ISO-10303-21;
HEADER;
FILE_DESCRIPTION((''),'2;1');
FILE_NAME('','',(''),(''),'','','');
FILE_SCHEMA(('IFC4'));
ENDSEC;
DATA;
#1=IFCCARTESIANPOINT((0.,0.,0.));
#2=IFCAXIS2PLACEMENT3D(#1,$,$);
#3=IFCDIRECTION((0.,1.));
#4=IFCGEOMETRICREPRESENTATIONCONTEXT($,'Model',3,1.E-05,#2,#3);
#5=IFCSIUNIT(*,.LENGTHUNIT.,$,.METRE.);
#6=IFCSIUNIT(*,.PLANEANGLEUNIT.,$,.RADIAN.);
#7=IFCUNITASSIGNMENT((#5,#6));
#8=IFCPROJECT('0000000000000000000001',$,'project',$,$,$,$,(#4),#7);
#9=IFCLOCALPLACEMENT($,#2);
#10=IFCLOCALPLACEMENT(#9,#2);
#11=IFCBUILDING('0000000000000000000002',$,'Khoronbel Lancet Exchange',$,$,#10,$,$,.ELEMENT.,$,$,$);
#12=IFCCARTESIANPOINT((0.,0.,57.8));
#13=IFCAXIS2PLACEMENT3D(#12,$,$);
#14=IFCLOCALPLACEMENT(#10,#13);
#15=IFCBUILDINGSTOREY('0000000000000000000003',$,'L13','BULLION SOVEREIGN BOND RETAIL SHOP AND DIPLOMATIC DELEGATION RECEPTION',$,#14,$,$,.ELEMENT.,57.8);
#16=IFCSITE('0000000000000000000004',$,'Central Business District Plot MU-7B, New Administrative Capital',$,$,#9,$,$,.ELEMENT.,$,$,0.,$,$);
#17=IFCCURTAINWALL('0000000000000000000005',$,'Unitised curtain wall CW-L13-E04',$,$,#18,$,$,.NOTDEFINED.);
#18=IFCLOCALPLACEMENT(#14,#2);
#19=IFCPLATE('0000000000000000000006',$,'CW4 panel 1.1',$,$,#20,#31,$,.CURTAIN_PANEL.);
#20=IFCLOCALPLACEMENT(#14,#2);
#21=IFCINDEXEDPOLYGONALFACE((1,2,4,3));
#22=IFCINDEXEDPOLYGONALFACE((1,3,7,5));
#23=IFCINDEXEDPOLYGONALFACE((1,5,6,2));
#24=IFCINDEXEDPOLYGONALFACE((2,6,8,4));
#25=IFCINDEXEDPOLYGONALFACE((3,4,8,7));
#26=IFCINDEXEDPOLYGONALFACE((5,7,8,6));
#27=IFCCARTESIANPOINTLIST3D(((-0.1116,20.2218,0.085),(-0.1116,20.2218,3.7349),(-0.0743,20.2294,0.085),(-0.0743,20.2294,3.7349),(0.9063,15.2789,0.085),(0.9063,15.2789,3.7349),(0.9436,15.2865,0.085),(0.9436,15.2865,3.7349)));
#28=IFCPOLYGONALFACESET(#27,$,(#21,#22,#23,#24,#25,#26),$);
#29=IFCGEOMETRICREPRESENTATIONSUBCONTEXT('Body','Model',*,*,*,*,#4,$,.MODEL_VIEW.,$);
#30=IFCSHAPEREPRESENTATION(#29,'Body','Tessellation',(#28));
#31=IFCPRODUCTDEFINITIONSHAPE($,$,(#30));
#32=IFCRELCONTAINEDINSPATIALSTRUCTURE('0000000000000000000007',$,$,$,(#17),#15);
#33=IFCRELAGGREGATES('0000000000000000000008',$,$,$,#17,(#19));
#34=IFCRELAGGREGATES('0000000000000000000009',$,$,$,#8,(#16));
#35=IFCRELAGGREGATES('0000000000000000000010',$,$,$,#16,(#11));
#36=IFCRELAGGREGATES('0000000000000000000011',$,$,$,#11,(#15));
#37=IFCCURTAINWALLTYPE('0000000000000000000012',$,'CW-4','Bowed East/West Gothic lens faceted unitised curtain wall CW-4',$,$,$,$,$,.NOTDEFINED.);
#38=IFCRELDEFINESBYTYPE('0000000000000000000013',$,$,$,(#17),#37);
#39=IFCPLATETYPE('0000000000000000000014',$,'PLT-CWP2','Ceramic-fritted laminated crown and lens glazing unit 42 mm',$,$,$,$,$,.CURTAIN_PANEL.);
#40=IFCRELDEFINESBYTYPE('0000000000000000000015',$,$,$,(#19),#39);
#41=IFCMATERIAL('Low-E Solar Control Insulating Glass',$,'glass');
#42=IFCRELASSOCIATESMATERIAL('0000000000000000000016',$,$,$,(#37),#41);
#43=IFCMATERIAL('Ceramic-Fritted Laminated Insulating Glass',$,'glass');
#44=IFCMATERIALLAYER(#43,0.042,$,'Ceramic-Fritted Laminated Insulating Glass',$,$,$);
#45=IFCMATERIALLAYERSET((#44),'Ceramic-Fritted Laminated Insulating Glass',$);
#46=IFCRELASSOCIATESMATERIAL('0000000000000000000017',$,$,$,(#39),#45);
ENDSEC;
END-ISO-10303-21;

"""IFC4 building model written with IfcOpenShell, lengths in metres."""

from ifc_helpers import new_model, si_unit, direction, frame, origin, origin_2d, place, context, subcontext, project, spatial, rectangle, extrude, material, layer, layer_set, type_object, element, aggregate, save


model = new_model("IFC4")

# Units and contexts
model_context = context("Model", 3, precision=1e-05, world=origin(), true_north=direction((0.0, 1.0)))
body_context = subcontext(model_context, "Body", "Model", "MODEL_VIEW")
ifc_project = project(units=[si_unit("LENGTHUNIT", "METRE"), si_unit("PLANEANGLEUNIT", "RADIAN")], contexts=[model_context])

# Site, building, storey
site_placement = place(None, origin())
site = spatial("IfcSite", under=ifc_project, at=site_placement, Name="Central Business District Plot MU-7B, New Administrative Capital", CompositionType="ELEMENT", RefElevation=0.0)
building_placement = place(site_placement, origin())
building = spatial("IfcBuilding", under=site, at=building_placement, Name="Khoronbel Lancet Exchange", CompositionType="ELEMENT")
storey_placement = place(building_placement, frame((0.0, 0.0, 57.8)))
storey = spatial("IfcBuildingStorey", under=building, at=storey_placement, Name="L13", Description="BULLION SOVEREIGN BOND RETAIL SHOP AND DIPLOMATIC DELEGATION RECEPTION", CompositionType="ELEMENT", Elevation=57.8)

# Curtain wall
ifc_material_1 = material(Name="Low-E Solar Control Insulating Glass", Category="glass")
curtain_wall_type = type_object("IfcCurtainWallType", Name="CW-4", Description="Bowed East/West Gothic lens faceted unitised curtain wall CW-4", PredefinedType="NOTDEFINED", material=ifc_material_1)
curtain_wall_1_placement = place(storey_placement, origin())
curtain_wall_1 = element("IfcCurtainWall", 1, at=curtain_wall_1_placement, inside=storey, type_object=curtain_wall_type, Name="Unitised curtain wall CW-L13-E04", PredefinedType="NOTDEFINED")

# Plate
ifc_material_2 = material(Name="Ceramic-Fritted Laminated Insulating Glass", Category="glass")
ifc_layer_1 = layer(ifc_material_2, 0.042, Name="Ceramic-Fritted Laminated Insulating Glass")
ifc_layer_set_1 = layer_set([ifc_layer_1], Name="Ceramic-Fritted Laminated Insulating Glass")
plate_type_1 = type_object("IfcPlateType", Name="PLT-CWP2", Description="Ceramic-fritted laminated crown and lens glazing unit 42 mm", PredefinedType="CURTAIN_PANEL", material=ifc_layer_set_1)
plate_1_placement = place(storey_placement, frame((0.416, 17.7542, 0.085), z_axis=(0.0, 0.0, 1.0), x_axis=(-0.201705, 0.979446, 0.0)))
plate_1 = element("IfcPlate", 2, at=plate_1_placement, type_object=plate_type_1, Name="CW4 panel 1.1", PredefinedType="CURTAIN_PANEL", context=body_context, shape_type="SweptSolid", body=[
    extrude(rectangle(XDim=5.0466, YDim=0.0381, at=origin_2d()), origin(), (0.0, 0.0, 1.0), 3.6499),
])
aggregate(curtain_wall_1, [plate_1])

save(model, "model.ifc")
